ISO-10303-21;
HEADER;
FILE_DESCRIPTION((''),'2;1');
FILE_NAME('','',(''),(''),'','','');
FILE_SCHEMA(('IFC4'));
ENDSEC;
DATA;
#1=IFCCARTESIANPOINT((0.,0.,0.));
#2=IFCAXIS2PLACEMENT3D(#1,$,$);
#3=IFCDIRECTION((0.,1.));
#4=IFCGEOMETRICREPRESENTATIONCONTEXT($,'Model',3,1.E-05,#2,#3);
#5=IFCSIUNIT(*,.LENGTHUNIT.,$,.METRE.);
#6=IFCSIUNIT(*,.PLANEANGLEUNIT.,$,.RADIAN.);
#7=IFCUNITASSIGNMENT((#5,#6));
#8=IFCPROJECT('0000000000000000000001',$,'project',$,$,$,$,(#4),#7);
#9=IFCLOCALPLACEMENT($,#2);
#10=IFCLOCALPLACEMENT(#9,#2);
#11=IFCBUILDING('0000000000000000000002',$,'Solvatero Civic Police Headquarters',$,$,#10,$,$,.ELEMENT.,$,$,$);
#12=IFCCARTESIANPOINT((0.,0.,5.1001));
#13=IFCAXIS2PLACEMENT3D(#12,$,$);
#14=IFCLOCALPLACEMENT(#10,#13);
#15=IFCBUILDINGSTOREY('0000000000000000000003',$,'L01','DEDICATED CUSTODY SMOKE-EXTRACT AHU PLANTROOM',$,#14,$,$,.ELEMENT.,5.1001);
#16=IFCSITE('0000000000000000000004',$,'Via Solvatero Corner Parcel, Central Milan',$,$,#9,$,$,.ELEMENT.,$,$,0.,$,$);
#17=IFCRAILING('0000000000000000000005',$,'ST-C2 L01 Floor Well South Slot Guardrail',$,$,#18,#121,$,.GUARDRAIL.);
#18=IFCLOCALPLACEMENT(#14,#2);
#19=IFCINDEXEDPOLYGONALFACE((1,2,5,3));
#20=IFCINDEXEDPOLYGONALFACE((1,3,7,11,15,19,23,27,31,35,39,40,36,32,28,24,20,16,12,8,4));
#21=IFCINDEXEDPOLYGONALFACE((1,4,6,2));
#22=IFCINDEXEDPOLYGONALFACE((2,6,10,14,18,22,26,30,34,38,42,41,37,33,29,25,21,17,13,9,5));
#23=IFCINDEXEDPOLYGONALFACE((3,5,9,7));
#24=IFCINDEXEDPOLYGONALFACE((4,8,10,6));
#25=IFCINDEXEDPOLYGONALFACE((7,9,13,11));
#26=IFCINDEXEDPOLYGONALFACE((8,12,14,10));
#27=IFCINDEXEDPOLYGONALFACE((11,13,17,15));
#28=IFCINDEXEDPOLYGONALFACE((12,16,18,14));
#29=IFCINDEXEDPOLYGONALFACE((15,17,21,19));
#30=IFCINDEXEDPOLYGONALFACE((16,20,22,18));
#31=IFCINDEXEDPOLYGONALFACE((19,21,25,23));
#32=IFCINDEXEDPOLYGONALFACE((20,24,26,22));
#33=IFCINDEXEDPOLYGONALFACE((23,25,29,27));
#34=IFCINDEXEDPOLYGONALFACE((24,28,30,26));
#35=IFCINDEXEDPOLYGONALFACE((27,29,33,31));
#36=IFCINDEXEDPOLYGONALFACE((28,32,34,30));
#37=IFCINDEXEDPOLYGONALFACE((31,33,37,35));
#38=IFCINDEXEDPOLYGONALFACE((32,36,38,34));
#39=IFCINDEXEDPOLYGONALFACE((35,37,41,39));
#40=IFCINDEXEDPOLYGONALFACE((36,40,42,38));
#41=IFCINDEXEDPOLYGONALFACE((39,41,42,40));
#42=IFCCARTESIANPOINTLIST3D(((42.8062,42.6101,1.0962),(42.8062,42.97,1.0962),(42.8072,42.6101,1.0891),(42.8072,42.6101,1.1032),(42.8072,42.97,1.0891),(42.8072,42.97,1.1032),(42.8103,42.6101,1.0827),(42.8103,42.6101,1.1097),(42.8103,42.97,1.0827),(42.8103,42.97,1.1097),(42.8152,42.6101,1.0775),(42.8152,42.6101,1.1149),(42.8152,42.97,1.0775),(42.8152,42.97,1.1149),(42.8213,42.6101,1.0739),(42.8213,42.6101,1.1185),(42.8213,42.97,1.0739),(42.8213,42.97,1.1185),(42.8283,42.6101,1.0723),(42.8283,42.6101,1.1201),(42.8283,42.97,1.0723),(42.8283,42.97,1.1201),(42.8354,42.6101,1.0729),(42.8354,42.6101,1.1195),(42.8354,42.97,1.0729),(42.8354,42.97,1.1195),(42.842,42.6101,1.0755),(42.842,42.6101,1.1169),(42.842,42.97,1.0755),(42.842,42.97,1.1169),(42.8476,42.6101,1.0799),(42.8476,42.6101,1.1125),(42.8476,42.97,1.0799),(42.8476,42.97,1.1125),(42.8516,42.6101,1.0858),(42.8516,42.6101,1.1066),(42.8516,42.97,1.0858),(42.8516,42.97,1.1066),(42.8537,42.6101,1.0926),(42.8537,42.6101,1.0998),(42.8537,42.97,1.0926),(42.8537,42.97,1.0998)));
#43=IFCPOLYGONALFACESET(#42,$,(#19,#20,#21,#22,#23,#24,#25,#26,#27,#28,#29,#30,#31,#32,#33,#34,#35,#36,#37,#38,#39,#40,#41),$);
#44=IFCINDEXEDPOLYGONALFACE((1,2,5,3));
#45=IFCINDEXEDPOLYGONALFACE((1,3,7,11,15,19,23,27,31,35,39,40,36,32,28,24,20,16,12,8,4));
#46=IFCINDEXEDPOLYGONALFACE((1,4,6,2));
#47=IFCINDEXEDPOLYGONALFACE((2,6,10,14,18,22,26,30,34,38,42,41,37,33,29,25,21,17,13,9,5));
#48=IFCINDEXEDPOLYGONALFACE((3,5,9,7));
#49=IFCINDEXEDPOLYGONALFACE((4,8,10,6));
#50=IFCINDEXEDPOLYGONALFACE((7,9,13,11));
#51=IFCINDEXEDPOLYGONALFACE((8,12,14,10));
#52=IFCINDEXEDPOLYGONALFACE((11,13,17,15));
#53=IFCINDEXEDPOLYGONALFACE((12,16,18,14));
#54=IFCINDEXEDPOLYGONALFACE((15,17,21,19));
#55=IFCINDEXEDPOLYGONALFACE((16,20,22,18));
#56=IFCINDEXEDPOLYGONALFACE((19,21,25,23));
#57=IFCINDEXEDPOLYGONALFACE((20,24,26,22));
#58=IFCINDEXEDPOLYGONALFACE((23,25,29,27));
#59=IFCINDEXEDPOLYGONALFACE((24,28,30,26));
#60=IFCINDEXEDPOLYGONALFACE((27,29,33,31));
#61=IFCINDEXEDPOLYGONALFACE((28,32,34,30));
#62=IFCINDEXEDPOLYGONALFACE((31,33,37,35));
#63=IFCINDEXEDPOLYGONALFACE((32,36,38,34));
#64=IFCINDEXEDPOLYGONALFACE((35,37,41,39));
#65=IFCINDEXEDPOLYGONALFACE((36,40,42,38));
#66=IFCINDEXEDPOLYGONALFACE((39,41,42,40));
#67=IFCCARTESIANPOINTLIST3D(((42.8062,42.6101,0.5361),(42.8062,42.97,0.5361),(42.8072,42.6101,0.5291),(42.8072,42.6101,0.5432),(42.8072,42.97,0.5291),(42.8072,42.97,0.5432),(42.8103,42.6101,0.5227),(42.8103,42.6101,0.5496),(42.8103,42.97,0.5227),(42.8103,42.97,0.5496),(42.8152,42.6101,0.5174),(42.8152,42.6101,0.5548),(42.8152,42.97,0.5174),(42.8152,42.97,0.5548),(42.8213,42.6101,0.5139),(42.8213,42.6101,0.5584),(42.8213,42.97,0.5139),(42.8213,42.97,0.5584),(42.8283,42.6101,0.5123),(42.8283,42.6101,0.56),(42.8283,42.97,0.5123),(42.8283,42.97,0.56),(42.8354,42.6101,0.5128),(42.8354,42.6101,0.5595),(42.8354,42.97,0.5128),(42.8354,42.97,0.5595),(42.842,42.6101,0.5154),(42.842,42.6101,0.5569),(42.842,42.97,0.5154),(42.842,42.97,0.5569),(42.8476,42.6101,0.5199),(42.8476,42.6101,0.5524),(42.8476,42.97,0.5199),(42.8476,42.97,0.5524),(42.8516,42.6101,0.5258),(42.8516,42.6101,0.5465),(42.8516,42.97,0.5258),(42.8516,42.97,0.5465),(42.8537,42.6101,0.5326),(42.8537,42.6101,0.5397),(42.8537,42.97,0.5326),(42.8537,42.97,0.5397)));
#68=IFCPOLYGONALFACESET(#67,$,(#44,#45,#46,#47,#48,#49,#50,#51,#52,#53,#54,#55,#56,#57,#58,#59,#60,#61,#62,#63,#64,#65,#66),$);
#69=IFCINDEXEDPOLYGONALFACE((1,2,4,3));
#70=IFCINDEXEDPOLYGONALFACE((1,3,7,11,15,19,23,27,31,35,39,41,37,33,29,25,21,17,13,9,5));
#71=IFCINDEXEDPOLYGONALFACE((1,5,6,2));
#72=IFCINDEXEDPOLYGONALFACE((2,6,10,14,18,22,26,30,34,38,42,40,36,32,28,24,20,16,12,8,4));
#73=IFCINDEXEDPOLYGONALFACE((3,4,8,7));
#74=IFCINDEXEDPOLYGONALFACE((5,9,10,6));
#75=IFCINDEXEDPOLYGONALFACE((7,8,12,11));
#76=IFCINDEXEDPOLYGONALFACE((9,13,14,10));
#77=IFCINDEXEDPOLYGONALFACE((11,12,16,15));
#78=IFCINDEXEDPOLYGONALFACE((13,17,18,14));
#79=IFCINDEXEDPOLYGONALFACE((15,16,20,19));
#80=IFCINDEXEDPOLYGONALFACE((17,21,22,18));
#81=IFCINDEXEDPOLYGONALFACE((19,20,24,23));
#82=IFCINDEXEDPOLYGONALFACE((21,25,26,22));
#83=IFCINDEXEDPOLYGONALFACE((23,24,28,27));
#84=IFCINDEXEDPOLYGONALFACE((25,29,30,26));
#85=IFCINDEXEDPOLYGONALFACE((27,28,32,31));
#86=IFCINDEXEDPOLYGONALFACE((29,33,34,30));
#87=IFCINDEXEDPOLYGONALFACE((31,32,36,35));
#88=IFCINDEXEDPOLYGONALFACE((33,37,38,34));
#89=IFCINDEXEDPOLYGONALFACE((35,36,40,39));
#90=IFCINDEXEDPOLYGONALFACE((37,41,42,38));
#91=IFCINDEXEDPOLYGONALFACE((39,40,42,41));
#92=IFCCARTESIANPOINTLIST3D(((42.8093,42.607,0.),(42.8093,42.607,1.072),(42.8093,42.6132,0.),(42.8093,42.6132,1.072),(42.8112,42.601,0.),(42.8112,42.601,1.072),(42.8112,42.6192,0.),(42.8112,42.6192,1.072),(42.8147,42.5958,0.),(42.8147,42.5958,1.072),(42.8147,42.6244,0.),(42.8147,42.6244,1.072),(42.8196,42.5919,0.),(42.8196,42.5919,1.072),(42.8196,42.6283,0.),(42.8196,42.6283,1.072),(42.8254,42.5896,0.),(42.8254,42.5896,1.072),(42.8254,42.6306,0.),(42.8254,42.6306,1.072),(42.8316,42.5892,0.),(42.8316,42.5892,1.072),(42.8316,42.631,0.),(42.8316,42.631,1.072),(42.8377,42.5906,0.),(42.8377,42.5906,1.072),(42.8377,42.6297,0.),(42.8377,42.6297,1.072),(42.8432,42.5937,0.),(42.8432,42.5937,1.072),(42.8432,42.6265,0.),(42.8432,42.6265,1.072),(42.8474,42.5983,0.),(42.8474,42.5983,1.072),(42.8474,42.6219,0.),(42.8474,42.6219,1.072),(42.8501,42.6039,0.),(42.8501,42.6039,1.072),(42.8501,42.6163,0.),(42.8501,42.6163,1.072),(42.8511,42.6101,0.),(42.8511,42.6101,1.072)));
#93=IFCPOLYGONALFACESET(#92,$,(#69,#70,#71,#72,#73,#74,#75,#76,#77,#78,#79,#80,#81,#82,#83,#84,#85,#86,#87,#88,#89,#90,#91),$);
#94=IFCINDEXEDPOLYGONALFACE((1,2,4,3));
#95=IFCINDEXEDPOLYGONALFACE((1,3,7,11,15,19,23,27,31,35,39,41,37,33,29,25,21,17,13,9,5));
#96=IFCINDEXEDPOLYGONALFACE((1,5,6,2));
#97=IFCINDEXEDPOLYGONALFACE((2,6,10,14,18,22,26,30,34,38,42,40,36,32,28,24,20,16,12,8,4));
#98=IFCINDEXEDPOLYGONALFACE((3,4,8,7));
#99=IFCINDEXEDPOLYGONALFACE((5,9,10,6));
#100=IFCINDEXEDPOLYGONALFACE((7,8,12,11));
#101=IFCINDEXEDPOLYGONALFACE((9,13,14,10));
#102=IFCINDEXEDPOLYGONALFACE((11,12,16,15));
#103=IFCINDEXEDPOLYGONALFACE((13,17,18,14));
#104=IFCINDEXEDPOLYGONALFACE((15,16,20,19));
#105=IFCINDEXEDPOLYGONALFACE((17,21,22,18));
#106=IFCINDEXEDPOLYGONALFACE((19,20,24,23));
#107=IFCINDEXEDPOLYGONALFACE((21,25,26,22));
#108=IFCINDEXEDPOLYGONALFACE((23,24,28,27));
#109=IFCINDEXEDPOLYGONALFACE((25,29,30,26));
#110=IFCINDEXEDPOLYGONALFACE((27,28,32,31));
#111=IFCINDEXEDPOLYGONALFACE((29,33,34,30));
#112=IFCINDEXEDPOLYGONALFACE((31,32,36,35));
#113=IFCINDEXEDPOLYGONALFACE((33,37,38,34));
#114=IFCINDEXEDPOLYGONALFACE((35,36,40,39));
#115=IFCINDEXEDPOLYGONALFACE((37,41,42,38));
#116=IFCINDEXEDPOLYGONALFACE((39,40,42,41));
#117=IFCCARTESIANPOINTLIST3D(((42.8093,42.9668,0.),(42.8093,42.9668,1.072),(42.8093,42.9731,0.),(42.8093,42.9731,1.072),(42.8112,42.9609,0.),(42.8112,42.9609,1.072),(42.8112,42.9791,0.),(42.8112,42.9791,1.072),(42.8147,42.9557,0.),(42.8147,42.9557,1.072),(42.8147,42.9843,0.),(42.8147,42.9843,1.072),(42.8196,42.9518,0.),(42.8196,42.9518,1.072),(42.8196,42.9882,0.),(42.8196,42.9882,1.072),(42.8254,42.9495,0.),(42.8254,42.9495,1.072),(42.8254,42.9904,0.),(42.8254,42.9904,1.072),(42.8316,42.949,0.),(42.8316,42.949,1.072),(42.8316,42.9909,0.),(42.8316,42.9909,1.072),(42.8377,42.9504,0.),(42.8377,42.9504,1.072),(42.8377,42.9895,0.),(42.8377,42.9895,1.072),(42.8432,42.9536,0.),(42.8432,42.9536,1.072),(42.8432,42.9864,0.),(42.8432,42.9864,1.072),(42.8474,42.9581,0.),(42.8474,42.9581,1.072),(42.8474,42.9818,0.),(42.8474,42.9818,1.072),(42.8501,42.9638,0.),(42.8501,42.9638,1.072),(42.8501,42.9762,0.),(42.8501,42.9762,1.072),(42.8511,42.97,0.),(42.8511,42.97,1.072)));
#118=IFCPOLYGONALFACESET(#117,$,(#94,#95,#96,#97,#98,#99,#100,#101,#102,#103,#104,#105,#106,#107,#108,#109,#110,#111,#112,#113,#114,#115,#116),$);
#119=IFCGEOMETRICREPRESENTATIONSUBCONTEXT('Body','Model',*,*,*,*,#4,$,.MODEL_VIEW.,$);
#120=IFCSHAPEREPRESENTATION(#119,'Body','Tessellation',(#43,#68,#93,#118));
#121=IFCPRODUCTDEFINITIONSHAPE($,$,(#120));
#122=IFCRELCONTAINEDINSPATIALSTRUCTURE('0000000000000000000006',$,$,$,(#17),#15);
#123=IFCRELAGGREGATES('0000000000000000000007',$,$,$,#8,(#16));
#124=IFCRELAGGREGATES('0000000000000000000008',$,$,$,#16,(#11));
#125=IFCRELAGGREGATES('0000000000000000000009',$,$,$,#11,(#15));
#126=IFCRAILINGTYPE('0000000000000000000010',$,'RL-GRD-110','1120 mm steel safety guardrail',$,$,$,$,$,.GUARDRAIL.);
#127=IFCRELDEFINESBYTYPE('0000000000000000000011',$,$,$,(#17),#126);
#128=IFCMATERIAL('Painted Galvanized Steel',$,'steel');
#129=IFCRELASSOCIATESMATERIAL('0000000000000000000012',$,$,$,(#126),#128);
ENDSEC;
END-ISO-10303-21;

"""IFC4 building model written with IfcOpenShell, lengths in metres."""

from ifc_helpers import new_model, si_unit, direction, frame, origin, origin_2d, place, context, subcontext, project, spatial, circle, extrude, material, type_object, element, save


model = new_model("IFC4")

# Units and contexts
model_context = context("Model", 3, precision=1e-05, world=origin(), true_north=direction((0.0, 1.0)))
body_context = subcontext(model_context, "Body", "Model", "MODEL_VIEW")
ifc_project = project(units=[si_unit("LENGTHUNIT", "METRE"), si_unit("PLANEANGLEUNIT", "RADIAN")], contexts=[model_context])

# Site, building, storey
site_placement = place(None, origin())
site = spatial("IfcSite", under=ifc_project, at=site_placement, Name="Via Solvatero Corner Parcel, Central Milan", CompositionType="ELEMENT", RefElevation=0.0)
building_placement = place(site_placement, origin())
building = spatial("IfcBuilding", under=site, at=building_placement, Name="Solvatero Civic Police Headquarters", CompositionType="ELEMENT")
storey_placement = place(building_placement, frame((0.0, 0.0, 5.1001)))
storey = spatial("IfcBuildingStorey", under=building, at=storey_placement, Name="L01", Description="DEDICATED CUSTODY SMOKE-EXTRACT AHU PLANTROOM", CompositionType="ELEMENT", Elevation=5.1001)

# Railing
ifc_material_1 = material(Name="Painted Galvanized Steel", Category="steel")
railing_type_1 = type_object("IfcRailingType", Name="RL-GRD-110", Description="1120 mm steel safety guardrail", PredefinedType="GUARDRAIL", material=ifc_material_1)
for number, where, name in (
    (1, (42.8301, 42.6101, 0.0), "ST-C2 L01 Floor Well South Slot Guardrail"),
):
    element("IfcRailing", number, at=place(storey_placement, frame(where)), inside=storey, type_object=railing_type_1, Name=name, PredefinedType="GUARDRAIL", context=body_context, shape_type="SweptSolid", body=[
        extrude(circle(Radius=0.0239, at=origin_2d()), frame((0.0, 0.0, 1.0962), z_axis=(0.0, 1.0, 0.0), x_axis=(-1.0, 0.0, 0.0)), (0.0, 0.0, 1.0), 0.3599),
        extrude(circle(Radius=0.0239, at=origin_2d()), frame((0.0, 0.0, 0.5361), z_axis=(0.0, 1.0, 0.0), x_axis=(-1.0, 0.0, 0.0)), (0.0, 0.0, 1.0), 0.3599),
        extrude(circle(Radius=0.021, at=origin_2d()), origin(), (0.0, 0.0, 1.0), 1.072),
        extrude(circle(Radius=0.021, at=origin_2d()), frame((0.0, 0.3599, 0.0)), (0.0, 0.0, 1.0), 1.072),
    ])

save(model, "model.ifc")
